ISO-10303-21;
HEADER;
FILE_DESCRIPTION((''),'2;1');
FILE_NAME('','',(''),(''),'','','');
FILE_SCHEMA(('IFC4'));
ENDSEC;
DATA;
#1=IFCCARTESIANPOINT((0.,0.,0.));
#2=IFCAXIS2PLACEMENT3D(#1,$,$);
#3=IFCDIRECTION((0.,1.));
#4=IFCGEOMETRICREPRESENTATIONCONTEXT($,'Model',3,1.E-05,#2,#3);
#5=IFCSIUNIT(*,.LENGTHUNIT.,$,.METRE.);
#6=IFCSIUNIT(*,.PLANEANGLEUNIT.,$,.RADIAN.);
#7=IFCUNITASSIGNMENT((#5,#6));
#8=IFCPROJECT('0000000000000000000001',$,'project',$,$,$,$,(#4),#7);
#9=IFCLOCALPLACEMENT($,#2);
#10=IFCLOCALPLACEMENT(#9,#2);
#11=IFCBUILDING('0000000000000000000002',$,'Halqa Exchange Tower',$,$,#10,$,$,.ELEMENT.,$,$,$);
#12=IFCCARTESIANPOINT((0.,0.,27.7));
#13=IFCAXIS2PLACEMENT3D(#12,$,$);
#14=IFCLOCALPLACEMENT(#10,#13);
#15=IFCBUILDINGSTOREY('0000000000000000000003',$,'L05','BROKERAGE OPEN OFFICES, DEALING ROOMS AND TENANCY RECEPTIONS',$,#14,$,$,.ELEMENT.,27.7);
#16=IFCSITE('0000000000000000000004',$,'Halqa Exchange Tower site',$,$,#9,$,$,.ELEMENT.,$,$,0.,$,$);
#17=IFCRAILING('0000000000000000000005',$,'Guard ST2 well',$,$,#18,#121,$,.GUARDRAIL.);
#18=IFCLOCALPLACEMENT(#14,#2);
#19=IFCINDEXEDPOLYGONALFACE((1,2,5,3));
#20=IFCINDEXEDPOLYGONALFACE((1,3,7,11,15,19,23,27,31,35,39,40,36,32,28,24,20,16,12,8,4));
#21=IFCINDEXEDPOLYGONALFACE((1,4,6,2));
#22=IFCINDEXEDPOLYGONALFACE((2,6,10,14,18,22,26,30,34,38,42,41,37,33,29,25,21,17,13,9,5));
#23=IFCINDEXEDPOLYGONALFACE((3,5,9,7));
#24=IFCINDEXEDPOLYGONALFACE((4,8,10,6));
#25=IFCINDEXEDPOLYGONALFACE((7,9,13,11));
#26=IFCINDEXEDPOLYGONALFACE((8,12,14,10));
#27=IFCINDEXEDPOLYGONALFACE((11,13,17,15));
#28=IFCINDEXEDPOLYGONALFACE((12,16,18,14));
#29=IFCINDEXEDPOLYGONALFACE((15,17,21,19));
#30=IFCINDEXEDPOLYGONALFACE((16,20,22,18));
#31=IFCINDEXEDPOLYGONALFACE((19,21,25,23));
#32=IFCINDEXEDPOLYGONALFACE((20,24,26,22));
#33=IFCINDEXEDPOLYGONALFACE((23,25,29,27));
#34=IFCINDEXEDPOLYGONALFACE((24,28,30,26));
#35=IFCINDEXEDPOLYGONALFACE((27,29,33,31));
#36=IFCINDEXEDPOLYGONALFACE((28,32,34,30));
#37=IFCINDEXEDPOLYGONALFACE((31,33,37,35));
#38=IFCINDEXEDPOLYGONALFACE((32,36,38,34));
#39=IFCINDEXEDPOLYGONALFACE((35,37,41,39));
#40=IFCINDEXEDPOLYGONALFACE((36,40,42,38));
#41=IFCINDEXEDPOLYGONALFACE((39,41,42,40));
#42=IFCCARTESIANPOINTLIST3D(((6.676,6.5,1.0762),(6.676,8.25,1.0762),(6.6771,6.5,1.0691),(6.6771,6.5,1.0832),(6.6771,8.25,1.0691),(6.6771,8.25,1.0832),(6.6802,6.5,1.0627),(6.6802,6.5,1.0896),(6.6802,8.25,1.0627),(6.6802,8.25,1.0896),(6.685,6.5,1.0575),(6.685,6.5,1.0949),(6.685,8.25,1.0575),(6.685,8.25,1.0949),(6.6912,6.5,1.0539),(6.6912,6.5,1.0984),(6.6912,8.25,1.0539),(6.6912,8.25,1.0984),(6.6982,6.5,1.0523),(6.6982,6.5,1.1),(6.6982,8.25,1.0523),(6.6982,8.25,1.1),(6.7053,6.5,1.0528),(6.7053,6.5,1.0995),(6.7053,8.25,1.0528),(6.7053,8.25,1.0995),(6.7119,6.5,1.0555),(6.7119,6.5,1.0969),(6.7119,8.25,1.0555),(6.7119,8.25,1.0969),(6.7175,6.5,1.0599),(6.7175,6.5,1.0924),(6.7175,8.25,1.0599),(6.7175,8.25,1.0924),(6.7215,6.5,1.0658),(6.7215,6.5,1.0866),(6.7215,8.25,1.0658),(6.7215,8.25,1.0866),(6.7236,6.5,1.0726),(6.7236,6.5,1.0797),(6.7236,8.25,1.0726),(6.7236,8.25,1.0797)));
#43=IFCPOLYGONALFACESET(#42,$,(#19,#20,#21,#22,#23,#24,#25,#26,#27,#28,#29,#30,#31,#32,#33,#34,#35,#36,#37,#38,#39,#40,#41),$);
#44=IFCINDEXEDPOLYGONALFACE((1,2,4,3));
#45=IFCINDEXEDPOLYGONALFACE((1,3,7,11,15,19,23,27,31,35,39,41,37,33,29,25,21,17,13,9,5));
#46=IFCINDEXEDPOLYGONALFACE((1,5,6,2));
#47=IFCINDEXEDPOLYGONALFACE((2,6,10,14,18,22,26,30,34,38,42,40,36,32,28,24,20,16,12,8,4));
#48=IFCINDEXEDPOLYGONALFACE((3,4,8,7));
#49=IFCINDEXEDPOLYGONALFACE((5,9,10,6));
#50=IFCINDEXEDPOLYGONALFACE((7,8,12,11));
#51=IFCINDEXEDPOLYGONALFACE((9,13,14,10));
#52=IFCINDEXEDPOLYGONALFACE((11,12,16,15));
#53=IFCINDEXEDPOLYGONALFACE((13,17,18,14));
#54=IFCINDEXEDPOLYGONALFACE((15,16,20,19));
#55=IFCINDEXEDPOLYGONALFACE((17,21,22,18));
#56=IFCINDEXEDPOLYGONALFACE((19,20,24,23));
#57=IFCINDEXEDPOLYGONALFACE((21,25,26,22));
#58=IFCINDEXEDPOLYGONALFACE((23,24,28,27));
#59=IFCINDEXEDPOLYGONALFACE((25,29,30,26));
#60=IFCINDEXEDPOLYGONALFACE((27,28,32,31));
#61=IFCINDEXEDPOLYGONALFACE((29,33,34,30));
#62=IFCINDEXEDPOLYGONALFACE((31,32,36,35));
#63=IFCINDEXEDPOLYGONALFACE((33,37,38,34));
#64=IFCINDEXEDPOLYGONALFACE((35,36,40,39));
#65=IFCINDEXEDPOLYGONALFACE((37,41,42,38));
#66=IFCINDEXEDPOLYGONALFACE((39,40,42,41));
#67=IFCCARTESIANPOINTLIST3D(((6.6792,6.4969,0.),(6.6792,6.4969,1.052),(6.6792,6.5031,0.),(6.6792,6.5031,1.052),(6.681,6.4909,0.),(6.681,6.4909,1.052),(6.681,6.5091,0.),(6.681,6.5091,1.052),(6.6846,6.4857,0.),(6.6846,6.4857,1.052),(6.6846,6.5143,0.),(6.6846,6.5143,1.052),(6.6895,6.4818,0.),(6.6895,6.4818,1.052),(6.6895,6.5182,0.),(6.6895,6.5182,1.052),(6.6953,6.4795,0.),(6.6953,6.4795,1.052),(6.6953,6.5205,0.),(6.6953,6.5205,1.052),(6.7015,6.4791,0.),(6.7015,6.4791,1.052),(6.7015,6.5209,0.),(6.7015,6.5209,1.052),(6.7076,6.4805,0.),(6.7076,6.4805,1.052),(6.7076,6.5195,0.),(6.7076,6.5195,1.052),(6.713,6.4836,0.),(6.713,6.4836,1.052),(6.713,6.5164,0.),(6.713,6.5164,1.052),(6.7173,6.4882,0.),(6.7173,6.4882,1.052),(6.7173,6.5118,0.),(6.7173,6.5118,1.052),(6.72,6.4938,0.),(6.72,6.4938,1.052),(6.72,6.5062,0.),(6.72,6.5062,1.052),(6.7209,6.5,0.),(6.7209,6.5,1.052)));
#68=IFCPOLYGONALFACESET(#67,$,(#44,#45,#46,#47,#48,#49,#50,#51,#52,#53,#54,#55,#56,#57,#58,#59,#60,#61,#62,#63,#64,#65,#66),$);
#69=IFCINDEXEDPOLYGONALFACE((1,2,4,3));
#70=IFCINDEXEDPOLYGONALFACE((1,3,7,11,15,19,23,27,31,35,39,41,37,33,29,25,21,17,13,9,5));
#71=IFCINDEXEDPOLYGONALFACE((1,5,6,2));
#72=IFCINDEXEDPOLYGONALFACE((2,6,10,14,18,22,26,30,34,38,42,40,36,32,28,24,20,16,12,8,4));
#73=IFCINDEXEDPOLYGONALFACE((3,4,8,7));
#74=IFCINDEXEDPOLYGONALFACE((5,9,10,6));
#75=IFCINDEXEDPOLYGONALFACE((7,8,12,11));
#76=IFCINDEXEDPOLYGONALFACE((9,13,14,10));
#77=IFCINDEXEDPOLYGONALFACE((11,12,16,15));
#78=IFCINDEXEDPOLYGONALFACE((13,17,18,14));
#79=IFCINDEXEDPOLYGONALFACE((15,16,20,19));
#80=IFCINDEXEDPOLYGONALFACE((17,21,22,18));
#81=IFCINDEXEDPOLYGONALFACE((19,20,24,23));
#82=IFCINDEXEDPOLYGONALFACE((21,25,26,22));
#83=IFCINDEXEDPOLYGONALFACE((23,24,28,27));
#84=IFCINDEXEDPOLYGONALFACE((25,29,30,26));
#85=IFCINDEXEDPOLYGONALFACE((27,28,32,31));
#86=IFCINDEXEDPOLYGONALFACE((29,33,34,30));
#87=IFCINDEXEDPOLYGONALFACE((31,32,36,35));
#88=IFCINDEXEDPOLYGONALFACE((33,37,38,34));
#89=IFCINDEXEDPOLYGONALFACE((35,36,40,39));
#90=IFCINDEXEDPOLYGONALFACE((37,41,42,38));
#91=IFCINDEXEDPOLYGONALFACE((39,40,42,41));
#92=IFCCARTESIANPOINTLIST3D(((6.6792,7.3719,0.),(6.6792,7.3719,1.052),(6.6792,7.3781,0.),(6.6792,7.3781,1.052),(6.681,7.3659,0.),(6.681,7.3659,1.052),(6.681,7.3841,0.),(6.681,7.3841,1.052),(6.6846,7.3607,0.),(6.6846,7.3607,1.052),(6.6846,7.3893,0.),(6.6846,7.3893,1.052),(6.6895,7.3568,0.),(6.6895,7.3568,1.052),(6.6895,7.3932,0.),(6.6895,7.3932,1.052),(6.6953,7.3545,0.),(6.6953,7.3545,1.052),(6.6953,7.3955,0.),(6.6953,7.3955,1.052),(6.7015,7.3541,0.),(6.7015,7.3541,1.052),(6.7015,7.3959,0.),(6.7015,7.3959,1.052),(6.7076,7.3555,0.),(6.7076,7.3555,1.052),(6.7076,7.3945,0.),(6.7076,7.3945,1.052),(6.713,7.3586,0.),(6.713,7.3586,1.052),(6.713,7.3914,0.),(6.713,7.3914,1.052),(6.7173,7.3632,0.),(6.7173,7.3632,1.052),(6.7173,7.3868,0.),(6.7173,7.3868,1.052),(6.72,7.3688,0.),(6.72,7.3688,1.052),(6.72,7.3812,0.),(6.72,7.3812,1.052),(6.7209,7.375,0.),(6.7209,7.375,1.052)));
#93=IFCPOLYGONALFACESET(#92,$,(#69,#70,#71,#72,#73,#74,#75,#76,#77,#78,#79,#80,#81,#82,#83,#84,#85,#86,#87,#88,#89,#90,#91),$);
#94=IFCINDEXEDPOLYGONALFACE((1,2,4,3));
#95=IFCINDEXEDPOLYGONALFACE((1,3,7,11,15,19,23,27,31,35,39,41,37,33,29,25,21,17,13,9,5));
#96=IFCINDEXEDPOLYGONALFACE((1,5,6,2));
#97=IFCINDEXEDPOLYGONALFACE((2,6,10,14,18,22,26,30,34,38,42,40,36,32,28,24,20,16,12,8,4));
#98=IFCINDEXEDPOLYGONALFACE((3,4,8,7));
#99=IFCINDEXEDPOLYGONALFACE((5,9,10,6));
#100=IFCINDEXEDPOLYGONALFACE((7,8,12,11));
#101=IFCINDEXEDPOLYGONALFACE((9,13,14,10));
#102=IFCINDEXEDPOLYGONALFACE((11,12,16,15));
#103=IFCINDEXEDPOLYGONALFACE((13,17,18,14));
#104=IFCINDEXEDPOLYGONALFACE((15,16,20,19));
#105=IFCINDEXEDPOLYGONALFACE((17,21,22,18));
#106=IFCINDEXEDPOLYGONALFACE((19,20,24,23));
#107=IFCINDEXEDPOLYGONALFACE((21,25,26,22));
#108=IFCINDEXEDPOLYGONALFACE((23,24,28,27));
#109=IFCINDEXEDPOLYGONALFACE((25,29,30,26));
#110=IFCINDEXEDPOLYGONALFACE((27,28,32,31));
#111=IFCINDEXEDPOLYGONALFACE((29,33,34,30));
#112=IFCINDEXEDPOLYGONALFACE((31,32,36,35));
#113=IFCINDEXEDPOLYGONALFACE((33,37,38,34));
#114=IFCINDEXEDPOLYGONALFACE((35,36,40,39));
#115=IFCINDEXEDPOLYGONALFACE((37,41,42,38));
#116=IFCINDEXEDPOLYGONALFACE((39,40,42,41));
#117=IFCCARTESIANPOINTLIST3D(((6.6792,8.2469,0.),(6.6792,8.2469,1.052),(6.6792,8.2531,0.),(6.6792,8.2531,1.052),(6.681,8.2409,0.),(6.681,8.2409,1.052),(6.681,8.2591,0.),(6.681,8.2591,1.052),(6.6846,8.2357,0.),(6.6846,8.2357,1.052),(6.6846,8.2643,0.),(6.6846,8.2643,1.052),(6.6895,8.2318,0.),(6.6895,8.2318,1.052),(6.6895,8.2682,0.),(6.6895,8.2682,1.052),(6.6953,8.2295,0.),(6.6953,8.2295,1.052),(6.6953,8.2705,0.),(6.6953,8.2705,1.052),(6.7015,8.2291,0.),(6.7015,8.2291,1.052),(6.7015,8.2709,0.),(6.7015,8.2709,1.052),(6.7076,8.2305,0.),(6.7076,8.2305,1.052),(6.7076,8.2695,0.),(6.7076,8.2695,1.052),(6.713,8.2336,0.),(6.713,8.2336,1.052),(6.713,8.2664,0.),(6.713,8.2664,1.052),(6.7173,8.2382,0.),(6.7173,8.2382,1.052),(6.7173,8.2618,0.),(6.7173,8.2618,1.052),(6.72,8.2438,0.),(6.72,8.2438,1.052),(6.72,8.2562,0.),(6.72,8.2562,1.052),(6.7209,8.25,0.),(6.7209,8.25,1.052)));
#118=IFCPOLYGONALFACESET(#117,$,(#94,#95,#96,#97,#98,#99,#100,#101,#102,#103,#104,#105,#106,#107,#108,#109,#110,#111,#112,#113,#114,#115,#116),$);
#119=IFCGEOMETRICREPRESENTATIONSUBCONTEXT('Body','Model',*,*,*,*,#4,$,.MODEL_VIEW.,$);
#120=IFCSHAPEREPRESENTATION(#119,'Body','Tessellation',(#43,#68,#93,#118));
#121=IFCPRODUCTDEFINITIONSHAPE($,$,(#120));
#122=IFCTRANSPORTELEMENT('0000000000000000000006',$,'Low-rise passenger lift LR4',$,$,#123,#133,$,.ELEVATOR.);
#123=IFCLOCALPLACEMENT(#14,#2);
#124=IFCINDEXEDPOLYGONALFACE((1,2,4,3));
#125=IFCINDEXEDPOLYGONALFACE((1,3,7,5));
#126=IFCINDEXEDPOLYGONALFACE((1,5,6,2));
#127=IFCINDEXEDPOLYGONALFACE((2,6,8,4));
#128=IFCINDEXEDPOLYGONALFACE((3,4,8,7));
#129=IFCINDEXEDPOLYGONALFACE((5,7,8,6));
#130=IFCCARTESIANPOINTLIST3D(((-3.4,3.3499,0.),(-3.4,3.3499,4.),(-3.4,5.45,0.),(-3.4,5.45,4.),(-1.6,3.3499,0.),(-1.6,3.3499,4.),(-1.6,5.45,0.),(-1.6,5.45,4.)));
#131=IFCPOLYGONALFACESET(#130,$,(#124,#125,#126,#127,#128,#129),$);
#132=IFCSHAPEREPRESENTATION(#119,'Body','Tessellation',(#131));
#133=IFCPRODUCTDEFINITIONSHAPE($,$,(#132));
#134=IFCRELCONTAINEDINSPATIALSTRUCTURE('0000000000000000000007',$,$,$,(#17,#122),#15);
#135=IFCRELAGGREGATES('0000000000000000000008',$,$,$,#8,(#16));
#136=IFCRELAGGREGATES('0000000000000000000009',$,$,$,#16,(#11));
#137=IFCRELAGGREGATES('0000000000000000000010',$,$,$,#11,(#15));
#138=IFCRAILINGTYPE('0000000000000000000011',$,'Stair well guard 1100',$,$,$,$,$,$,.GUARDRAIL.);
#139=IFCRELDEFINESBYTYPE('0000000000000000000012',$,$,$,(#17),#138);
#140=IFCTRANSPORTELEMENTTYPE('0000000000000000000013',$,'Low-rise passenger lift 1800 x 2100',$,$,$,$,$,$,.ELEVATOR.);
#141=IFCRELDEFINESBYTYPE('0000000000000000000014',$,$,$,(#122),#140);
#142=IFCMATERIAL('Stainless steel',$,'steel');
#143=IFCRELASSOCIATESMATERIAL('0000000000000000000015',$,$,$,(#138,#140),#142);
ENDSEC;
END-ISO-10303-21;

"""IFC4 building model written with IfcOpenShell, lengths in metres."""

from ifc_helpers import new_model, si_unit, direction, frame, origin, origin_2d, place, context, subcontext, project, spatial, rectangle, circle, extrude, material, type_object, element, save


model = new_model("IFC4")

# Units and contexts
model_context = context("Model", 3, precision=1e-05, world=origin(), true_north=direction((0.0, 1.0)))
body_context = subcontext(model_context, "Body", "Model", "MODEL_VIEW")
ifc_project = project(units=[si_unit("LENGTHUNIT", "METRE"), si_unit("PLANEANGLEUNIT", "RADIAN")], contexts=[model_context])

# Site, building, storey
site_placement = place(None, origin())
site = spatial("IfcSite", under=ifc_project, at=site_placement, Name="Halqa Exchange Tower site", CompositionType="ELEMENT", RefElevation=0.0)
building_placement = place(site_placement, origin())
building = spatial("IfcBuilding", under=site, at=building_placement, Name="Halqa Exchange Tower", CompositionType="ELEMENT")
storey_placement = place(building_placement, frame((0.0, 0.0, 27.7)))
storey = spatial("IfcBuildingStorey", under=building, at=storey_placement, Name="L05", Description="BROKERAGE OPEN OFFICES, DEALING ROOMS AND TENANCY RECEPTIONS", CompositionType="ELEMENT", Elevation=27.7)

# Railing
ifc_material_1 = material(Name="Stainless steel", Category="steel")
railing_type_1 = type_object("IfcRailingType", Name="Stair well guard 1100", PredefinedType="GUARDRAIL", material=ifc_material_1)
railing_1_placement = place(storey_placement, frame((6.7, 6.5, 0.0)))
element("IfcRailing", 1, at=railing_1_placement, inside=storey, type_object=railing_type_1, Name="Guard ST2 well", PredefinedType="GUARDRAIL", context=body_context, shape_type="SweptSolid", body=[
    extrude(circle(Radius=0.0239, at=origin_2d()), frame((0.0, 0.0, 1.0762), z_axis=(0.0, 1.0, 0.0), x_axis=(-1.0, 0.0, 0.0)), (0.0, 0.0, 1.0), 1.75),
    extrude(circle(Radius=0.021, at=origin_2d()), origin(), (0.0, 0.0, 1.0), 1.052),
    extrude(circle(Radius=0.021, at=origin_2d()), frame((0.0, 0.875, 0.0)), (0.0, 0.0, 1.0), 1.052),
    extrude(circle(Radius=0.021, at=origin_2d()), frame((0.0, 1.75, 0.0)), (0.0, 0.0, 1.0), 1.052),
])

# Transport element
transport_element_type = type_object("IfcTransportElementType", Name="Low-rise passenger lift 1800 x 2100", PredefinedType="ELEVATOR", material=ifc_material_1)
transport_element_placement = place(storey_placement, frame((-2.5, 4.3999, 0.0), z_axis=(0.0, 0.0, 1.0), x_axis=(1.0, 0.0, 0.0)))
element("IfcTransportElement", 2, at=transport_element_placement, inside=storey, type_object=transport_element_type, Name="Low-rise passenger lift LR4", PredefinedType="ELEVATOR", context=body_context, shape_type="SweptSolid", body=[
    extrude(rectangle(XDim=1.8, YDim=2.1001, at=origin_2d()), origin(), (0.0, 0.0, 1.0), 4.0),
])

save(model, "model.ifc")
